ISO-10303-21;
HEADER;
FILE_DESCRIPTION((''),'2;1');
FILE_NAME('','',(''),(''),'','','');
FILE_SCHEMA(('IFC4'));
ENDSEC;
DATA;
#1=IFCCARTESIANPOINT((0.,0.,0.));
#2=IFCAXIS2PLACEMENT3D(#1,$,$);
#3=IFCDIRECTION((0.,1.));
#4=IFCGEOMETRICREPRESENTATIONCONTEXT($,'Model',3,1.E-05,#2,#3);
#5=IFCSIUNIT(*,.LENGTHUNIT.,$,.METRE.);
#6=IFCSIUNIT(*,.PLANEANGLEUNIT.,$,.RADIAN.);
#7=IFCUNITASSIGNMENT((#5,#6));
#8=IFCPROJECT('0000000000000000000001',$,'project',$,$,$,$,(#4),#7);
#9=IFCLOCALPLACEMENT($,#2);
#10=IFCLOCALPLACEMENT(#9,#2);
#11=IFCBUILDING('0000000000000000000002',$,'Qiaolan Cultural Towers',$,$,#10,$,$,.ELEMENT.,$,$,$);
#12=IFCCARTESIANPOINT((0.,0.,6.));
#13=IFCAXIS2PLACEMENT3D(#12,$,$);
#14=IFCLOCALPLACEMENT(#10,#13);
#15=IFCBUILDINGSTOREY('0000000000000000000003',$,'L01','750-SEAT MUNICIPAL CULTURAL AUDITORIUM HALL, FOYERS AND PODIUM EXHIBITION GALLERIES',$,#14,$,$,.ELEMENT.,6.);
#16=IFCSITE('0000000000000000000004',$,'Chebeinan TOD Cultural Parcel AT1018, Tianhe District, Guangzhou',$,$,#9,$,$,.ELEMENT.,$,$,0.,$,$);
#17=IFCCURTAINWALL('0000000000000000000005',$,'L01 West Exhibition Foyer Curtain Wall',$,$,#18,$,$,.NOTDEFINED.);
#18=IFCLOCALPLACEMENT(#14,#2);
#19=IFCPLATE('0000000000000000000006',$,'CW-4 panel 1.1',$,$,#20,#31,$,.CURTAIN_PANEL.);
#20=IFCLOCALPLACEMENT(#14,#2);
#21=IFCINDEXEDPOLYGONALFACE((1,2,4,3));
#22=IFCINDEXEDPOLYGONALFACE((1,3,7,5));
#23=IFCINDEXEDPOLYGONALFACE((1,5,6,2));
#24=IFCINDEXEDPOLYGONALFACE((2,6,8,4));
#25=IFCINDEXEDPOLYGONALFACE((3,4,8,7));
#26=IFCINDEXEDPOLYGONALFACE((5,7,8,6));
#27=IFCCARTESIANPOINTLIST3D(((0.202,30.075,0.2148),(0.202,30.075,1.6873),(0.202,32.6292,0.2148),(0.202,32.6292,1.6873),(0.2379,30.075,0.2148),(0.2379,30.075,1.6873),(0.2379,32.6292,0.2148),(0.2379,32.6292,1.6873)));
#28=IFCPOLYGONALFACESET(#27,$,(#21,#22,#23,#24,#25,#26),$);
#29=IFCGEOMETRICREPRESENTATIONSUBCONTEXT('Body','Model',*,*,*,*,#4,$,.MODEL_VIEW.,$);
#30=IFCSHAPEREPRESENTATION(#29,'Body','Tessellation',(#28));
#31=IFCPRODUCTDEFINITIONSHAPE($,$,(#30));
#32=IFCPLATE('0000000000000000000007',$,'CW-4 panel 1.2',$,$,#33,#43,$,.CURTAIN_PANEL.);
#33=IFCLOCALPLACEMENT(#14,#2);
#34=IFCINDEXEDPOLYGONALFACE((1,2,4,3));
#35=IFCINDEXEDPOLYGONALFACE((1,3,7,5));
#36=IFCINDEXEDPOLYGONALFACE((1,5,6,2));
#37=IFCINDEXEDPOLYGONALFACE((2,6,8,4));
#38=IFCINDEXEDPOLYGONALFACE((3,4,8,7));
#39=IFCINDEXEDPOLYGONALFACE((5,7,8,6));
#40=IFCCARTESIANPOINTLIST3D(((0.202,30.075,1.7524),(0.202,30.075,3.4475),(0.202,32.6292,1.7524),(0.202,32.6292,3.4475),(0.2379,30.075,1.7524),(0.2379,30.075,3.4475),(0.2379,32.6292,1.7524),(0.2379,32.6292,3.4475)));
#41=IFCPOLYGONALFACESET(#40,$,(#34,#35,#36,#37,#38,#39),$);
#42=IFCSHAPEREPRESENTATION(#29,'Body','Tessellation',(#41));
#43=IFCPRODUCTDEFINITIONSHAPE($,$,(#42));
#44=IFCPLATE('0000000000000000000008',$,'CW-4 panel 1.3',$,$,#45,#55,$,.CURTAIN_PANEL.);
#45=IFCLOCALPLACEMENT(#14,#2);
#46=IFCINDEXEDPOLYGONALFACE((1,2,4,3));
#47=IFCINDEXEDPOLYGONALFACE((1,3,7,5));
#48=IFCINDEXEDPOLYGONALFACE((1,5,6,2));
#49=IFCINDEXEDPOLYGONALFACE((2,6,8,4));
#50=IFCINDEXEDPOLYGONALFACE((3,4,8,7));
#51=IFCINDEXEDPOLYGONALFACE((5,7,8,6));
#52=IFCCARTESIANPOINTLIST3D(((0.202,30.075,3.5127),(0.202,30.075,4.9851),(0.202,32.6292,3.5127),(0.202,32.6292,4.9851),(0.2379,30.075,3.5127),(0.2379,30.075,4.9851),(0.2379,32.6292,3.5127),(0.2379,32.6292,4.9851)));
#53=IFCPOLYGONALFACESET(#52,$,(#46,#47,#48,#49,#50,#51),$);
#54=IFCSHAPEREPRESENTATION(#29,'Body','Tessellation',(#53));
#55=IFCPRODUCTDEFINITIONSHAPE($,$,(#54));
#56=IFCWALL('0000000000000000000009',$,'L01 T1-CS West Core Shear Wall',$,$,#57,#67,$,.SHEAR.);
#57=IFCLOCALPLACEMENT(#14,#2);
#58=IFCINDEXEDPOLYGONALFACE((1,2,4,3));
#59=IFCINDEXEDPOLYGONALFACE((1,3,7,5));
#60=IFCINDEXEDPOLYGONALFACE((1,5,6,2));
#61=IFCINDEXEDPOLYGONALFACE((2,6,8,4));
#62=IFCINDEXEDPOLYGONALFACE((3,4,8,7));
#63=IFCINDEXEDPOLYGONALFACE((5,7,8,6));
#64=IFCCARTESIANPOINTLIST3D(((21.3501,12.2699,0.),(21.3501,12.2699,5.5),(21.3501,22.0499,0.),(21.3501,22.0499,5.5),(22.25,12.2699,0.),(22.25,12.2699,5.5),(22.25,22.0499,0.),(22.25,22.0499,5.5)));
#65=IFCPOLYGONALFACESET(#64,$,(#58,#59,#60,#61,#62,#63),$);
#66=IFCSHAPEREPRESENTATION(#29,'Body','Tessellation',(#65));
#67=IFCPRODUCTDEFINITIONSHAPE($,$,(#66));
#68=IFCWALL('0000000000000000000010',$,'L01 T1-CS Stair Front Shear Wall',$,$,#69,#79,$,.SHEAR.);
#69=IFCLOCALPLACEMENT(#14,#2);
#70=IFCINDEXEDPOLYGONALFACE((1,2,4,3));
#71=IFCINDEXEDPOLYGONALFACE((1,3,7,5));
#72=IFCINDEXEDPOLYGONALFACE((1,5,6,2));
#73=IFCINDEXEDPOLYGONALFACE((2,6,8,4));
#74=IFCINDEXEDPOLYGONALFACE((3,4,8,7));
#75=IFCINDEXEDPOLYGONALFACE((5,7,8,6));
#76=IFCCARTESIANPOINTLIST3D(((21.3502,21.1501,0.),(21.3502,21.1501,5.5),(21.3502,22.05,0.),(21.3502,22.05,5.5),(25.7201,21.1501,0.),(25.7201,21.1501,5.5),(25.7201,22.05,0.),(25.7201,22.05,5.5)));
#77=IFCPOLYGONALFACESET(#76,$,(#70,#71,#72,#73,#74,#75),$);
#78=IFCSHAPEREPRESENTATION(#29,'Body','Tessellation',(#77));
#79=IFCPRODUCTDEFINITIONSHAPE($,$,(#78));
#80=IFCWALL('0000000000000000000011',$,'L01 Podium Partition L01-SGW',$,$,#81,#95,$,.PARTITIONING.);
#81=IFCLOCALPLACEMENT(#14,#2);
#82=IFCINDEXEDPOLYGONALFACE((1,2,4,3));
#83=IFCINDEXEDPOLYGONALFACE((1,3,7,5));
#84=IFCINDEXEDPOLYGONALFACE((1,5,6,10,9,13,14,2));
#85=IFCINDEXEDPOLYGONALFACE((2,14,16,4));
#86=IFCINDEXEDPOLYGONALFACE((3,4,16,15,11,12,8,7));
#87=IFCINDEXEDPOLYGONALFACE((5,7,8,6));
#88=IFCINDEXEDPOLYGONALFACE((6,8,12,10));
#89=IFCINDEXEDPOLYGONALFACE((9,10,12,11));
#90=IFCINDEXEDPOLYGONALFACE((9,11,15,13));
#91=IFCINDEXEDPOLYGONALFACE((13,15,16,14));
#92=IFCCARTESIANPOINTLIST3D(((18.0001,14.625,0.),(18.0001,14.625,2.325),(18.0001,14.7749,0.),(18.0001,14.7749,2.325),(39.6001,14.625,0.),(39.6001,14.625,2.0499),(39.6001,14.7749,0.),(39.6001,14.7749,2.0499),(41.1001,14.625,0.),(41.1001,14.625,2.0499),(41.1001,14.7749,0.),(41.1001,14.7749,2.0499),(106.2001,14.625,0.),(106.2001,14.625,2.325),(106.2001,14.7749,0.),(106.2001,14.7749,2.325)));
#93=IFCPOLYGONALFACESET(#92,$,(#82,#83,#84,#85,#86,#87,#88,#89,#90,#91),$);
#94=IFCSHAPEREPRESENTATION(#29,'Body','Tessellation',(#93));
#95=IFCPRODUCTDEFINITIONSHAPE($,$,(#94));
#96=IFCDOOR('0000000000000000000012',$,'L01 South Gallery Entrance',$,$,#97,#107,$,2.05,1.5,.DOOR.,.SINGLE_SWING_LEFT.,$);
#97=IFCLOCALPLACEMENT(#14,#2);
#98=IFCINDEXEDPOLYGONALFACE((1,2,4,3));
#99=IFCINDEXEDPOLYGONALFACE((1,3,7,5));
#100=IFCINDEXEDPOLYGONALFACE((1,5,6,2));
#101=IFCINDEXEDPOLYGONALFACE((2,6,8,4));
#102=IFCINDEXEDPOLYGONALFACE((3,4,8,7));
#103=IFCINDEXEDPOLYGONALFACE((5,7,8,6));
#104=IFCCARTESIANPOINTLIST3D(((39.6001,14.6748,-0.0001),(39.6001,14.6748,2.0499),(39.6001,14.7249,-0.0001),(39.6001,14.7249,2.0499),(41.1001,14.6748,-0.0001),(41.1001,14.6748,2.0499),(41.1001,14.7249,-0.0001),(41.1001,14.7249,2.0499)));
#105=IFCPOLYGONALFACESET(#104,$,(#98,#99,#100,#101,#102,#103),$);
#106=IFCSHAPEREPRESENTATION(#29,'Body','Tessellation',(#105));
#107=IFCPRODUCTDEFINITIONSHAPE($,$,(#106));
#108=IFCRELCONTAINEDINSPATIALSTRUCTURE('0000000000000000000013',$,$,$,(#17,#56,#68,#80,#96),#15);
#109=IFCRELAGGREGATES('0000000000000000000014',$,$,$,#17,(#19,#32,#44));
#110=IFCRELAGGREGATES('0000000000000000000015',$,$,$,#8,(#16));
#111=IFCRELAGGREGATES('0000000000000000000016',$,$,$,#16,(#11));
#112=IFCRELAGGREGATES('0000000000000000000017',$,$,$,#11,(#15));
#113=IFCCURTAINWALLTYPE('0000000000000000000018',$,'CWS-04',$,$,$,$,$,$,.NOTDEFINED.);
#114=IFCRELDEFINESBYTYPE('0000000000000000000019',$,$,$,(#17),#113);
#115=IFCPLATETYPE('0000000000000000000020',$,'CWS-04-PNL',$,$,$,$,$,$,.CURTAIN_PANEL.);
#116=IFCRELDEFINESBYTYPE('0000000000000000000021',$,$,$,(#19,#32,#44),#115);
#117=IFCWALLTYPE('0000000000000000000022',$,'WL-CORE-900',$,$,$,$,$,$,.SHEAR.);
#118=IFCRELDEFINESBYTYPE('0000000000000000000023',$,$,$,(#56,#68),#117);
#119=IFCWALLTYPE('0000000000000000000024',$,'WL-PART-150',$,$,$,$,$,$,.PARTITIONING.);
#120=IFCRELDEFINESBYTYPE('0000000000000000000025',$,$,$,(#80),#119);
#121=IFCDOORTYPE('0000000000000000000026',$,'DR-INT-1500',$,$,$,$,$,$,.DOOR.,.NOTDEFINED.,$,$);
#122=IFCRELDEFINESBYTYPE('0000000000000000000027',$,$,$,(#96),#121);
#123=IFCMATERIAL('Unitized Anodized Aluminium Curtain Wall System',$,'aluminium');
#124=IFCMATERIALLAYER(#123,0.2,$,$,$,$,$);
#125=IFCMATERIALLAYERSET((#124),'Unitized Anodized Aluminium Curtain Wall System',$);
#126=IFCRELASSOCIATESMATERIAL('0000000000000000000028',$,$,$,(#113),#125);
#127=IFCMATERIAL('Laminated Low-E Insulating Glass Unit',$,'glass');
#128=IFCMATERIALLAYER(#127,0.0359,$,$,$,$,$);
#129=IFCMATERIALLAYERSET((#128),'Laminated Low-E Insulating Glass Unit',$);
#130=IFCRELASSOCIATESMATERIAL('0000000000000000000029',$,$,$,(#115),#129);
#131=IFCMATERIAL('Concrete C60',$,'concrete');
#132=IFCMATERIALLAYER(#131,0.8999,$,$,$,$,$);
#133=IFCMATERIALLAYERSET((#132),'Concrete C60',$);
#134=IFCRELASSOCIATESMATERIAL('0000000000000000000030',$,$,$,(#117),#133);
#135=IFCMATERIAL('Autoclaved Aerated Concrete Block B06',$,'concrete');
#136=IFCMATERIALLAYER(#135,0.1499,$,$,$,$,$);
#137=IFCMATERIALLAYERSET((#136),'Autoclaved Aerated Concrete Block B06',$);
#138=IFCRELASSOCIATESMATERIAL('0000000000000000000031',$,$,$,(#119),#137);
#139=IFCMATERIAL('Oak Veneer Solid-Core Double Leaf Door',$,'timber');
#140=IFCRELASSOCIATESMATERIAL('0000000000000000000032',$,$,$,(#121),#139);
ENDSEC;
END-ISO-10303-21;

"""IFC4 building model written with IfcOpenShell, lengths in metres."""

from ifc_helpers import new_model, si_unit, direction, frame, frame_2d, origin, origin_2d, place, context, subcontext, project, spatial, rectangle, extrude, material, layer, layer_set, type_object, element, fill, aggregate, save


model = new_model("IFC4")

# Units and contexts
model_context = context("Model", 3, precision=1e-05, world=origin(), true_north=direction((0.0, 1.0)))
body_context = subcontext(model_context, "Body", "Model", "MODEL_VIEW")
ifc_project = project(units=[si_unit("LENGTHUNIT", "METRE"), si_unit("PLANEANGLEUNIT", "RADIAN")], contexts=[model_context])

# Site, building, storey
site_placement = place(None, origin())
site = spatial("IfcSite", under=ifc_project, at=site_placement, Name="Chebeinan TOD Cultural Parcel AT1018, Tianhe District, Guangzhou", CompositionType="ELEMENT", RefElevation=0.0)
building_placement = place(site_placement, origin())
building = spatial("IfcBuilding", under=site, at=building_placement, Name="Qiaolan Cultural Towers", CompositionType="ELEMENT")
storey_placement = place(building_placement, frame((0.0, 0.0, 6.0)))
storey = spatial("IfcBuildingStorey", under=building, at=storey_placement, Name="L01", Description="750-SEAT MUNICIPAL CULTURAL AUDITORIUM HALL, FOYERS AND PODIUM EXHIBITION GALLERIES", CompositionType="ELEMENT", Elevation=6.0)

# Curtain wall, plates
ifc_material_1 = material(Name="Unitized Anodized Aluminium Curtain Wall System", Category="aluminium")
ifc_layer_1 = layer(ifc_material_1, 0.2)
ifc_layer_set_1 = layer_set([ifc_layer_1], Name="Unitized Anodized Aluminium Curtain Wall System")
curtain_wall_type = type_object("IfcCurtainWallType", Name="CWS-04", PredefinedType="NOTDEFINED", material=ifc_layer_set_1)
curtain_wall_placement = place(storey_placement, origin())
curtain_wall = element("IfcCurtainWall", 1, at=curtain_wall_placement, inside=storey, type_object=curtain_wall_type, Name="L01 West Exhibition Foyer Curtain Wall", PredefinedType="NOTDEFINED")
ifc_material_2 = material(Name="Laminated Low-E Insulating Glass Unit", Category="glass")
ifc_layer_2 = layer(ifc_material_2, 0.0359)
ifc_layer_set_2 = layer_set([ifc_layer_2], Name="Laminated Low-E Insulating Glass Unit")
plate_type = type_object("IfcPlateType", Name="CWS-04-PNL", PredefinedType="CURTAIN_PANEL", material=ifc_layer_set_2)
plate_1_placement = place(storey_placement, frame((0.22, 31.3521, 0.2148), z_axis=(0.0, 0.0, 1.0), x_axis=(0.0, 1.0, 0.0)))
plate_1 = element("IfcPlate", 2, at=plate_1_placement, type_object=plate_type, Name="CW-4 panel 1.1", PredefinedType="CURTAIN_PANEL", context=body_context, shape_type="SweptSolid", body=[
    extrude(rectangle(XDim=2.5542, YDim=0.0359, at=origin_2d()), origin(), (0.0, 0.0, 1.0), 1.4724),
])
plate_2_placement = place(storey_placement, frame((0.22, 31.3521, 1.7524), z_axis=(0.0, 0.0, 1.0), x_axis=(0.0, 1.0, 0.0)))
plate_2 = element("IfcPlate", 3, at=plate_2_placement, type_object=plate_type, Name="CW-4 panel 1.2", PredefinedType="CURTAIN_PANEL", context=body_context, shape_type="SweptSolid", body=[
    extrude(rectangle(XDim=2.5542, YDim=0.0359, at=origin_2d()), origin(), (0.0, 0.0, 1.0), 1.6951),
])
plate_3_placement = place(storey_placement, frame((0.22, 31.3521, 3.5127), z_axis=(0.0, 0.0, 1.0), x_axis=(0.0, 1.0, 0.0)))
plate_3 = element("IfcPlate", 4, at=plate_3_placement, type_object=plate_type, Name="CW-4 panel 1.3", PredefinedType="CURTAIN_PANEL", context=body_context, shape_type="SweptSolid", body=[
    extrude(rectangle(XDim=2.5542, YDim=0.0359, at=origin_2d()), origin(), (0.0, 0.0, 1.0), 1.4724),
])
aggregate(curtain_wall, [plate_1, plate_2, plate_3])

# Walls
ifc_material_3 = material(Name="Concrete C60", Category="concrete")
ifc_layer_3 = layer(ifc_material_3, 0.8999)
ifc_layer_set_3 = layer_set([ifc_layer_3], Name="Concrete C60")
wall_type_1 = type_object("IfcWallType", Name="WL-CORE-900", PredefinedType="SHEAR", material=ifc_layer_set_3)
wall_1_placement = place(storey_placement, frame((21.8, 22.05, 0.0), z_axis=(0.0, 0.0, 1.0), x_axis=(0.0, -1.0, 0.0)))
element("IfcWall", 5, at=wall_1_placement, inside=storey, type_object=wall_type_1, Name="L01 T1-CS West Core Shear Wall", PredefinedType="SHEAR", context=body_context, shape_type="SweptSolid", body=[
    extrude(rectangle(XDim=9.78, YDim=0.8999, at=frame_2d((4.8901, 0.0))), origin(), (0.0, 0.0, 1.0), 5.5),
])
wall_2_placement = place(storey_placement, frame((21.3501, 21.6001, 0.0), z_axis=(0.0, 0.0, 1.0), x_axis=(1.0, 0.0, 0.0)))
element("IfcWall", 6, at=wall_2_placement, inside=storey, type_object=wall_type_1, Name="L01 T1-CS Stair Front Shear Wall", PredefinedType="SHEAR", context=body_context, shape_type="SweptSolid", body=[
    extrude(rectangle(XDim=4.3699, YDim=0.8999, at=frame_2d((2.1851, 0.0))), origin(), (0.0, 0.0, 1.0), 5.5),
])

# Wall, opening, door
ifc_material_4 = material(Name="Autoclaved Aerated Concrete Block B06", Category="concrete")
ifc_layer_4 = layer(ifc_material_4, 0.1499)
ifc_layer_set_4 = layer_set([ifc_layer_4], Name="Autoclaved Aerated Concrete Block B06")
wall_type_2 = type_object("IfcWallType", Name="WL-PART-150", PredefinedType="PARTITIONING", material=ifc_layer_set_4)
wall_3_placement = place(storey_placement, frame((18.0, 14.7, 0.0), z_axis=(0.0, 0.0, 1.0), x_axis=(1.0, 0.0, 0.0)))
wall_3 = element("IfcWall", 7, at=wall_3_placement, inside=storey, type_object=wall_type_2, Name="L01 Podium Partition L01-SGW", PredefinedType="PARTITIONING", context=body_context, shape_type="SweptSolid", body=[
    extrude(rectangle(XDim=88.2, YDim=0.1499, at=frame_2d((44.1001, 0.0))), origin(), (0.0, 0.0, 1.0), 2.325),
])
opening_placement = place(wall_3_placement, frame((21.6001, 0.0, 0.0)))
opening = element("IfcOpeningElement", 8, at=opening_placement, cuts=wall_3, PredefinedType="OPENING", context=body_context, shape_type="SweptSolid", body=[
    extrude(rectangle(XDim=1.5, YDim=2.05, at=frame_2d((0.75, 1.0249))), frame((0.0, 0.085, 0.0), z_axis=(0.0, -1.0, 0.0), x_axis=(1.0, 0.0, 0.0)), (0.0, 0.0, 1.0), 0.1699),
])
ifc_material_5 = material(Name="Oak Veneer Solid-Core Double Leaf Door", Category="timber")
door_type = type_object("IfcDoorType", Name="DR-INT-1500", OperationType="NOTDEFINED", PredefinedType="DOOR", material=ifc_material_5)
door_placement = place(opening_placement, origin())
door = element("IfcDoor", 9, at=door_placement, inside=storey, type_object=door_type, Name="L01 South Gallery Entrance", OperationType="SINGLE_SWING_LEFT", OverallHeight=2.05, OverallWidth=1.5, PredefinedType="DOOR", context=body_context, shape_type="SweptSolid", body=[
    extrude(rectangle(XDim=1.5, YDim=2.05, at=frame_2d((0.75, 1.0249))), frame((0.0, 0.0249, 0.0), z_axis=(0.0, -1.0, 0.0), x_axis=(1.0, 0.0, 0.0)), (0.0, 0.0, 1.0), 0.05),
])
fill(opening, door)

save(model, "model.ifc")
